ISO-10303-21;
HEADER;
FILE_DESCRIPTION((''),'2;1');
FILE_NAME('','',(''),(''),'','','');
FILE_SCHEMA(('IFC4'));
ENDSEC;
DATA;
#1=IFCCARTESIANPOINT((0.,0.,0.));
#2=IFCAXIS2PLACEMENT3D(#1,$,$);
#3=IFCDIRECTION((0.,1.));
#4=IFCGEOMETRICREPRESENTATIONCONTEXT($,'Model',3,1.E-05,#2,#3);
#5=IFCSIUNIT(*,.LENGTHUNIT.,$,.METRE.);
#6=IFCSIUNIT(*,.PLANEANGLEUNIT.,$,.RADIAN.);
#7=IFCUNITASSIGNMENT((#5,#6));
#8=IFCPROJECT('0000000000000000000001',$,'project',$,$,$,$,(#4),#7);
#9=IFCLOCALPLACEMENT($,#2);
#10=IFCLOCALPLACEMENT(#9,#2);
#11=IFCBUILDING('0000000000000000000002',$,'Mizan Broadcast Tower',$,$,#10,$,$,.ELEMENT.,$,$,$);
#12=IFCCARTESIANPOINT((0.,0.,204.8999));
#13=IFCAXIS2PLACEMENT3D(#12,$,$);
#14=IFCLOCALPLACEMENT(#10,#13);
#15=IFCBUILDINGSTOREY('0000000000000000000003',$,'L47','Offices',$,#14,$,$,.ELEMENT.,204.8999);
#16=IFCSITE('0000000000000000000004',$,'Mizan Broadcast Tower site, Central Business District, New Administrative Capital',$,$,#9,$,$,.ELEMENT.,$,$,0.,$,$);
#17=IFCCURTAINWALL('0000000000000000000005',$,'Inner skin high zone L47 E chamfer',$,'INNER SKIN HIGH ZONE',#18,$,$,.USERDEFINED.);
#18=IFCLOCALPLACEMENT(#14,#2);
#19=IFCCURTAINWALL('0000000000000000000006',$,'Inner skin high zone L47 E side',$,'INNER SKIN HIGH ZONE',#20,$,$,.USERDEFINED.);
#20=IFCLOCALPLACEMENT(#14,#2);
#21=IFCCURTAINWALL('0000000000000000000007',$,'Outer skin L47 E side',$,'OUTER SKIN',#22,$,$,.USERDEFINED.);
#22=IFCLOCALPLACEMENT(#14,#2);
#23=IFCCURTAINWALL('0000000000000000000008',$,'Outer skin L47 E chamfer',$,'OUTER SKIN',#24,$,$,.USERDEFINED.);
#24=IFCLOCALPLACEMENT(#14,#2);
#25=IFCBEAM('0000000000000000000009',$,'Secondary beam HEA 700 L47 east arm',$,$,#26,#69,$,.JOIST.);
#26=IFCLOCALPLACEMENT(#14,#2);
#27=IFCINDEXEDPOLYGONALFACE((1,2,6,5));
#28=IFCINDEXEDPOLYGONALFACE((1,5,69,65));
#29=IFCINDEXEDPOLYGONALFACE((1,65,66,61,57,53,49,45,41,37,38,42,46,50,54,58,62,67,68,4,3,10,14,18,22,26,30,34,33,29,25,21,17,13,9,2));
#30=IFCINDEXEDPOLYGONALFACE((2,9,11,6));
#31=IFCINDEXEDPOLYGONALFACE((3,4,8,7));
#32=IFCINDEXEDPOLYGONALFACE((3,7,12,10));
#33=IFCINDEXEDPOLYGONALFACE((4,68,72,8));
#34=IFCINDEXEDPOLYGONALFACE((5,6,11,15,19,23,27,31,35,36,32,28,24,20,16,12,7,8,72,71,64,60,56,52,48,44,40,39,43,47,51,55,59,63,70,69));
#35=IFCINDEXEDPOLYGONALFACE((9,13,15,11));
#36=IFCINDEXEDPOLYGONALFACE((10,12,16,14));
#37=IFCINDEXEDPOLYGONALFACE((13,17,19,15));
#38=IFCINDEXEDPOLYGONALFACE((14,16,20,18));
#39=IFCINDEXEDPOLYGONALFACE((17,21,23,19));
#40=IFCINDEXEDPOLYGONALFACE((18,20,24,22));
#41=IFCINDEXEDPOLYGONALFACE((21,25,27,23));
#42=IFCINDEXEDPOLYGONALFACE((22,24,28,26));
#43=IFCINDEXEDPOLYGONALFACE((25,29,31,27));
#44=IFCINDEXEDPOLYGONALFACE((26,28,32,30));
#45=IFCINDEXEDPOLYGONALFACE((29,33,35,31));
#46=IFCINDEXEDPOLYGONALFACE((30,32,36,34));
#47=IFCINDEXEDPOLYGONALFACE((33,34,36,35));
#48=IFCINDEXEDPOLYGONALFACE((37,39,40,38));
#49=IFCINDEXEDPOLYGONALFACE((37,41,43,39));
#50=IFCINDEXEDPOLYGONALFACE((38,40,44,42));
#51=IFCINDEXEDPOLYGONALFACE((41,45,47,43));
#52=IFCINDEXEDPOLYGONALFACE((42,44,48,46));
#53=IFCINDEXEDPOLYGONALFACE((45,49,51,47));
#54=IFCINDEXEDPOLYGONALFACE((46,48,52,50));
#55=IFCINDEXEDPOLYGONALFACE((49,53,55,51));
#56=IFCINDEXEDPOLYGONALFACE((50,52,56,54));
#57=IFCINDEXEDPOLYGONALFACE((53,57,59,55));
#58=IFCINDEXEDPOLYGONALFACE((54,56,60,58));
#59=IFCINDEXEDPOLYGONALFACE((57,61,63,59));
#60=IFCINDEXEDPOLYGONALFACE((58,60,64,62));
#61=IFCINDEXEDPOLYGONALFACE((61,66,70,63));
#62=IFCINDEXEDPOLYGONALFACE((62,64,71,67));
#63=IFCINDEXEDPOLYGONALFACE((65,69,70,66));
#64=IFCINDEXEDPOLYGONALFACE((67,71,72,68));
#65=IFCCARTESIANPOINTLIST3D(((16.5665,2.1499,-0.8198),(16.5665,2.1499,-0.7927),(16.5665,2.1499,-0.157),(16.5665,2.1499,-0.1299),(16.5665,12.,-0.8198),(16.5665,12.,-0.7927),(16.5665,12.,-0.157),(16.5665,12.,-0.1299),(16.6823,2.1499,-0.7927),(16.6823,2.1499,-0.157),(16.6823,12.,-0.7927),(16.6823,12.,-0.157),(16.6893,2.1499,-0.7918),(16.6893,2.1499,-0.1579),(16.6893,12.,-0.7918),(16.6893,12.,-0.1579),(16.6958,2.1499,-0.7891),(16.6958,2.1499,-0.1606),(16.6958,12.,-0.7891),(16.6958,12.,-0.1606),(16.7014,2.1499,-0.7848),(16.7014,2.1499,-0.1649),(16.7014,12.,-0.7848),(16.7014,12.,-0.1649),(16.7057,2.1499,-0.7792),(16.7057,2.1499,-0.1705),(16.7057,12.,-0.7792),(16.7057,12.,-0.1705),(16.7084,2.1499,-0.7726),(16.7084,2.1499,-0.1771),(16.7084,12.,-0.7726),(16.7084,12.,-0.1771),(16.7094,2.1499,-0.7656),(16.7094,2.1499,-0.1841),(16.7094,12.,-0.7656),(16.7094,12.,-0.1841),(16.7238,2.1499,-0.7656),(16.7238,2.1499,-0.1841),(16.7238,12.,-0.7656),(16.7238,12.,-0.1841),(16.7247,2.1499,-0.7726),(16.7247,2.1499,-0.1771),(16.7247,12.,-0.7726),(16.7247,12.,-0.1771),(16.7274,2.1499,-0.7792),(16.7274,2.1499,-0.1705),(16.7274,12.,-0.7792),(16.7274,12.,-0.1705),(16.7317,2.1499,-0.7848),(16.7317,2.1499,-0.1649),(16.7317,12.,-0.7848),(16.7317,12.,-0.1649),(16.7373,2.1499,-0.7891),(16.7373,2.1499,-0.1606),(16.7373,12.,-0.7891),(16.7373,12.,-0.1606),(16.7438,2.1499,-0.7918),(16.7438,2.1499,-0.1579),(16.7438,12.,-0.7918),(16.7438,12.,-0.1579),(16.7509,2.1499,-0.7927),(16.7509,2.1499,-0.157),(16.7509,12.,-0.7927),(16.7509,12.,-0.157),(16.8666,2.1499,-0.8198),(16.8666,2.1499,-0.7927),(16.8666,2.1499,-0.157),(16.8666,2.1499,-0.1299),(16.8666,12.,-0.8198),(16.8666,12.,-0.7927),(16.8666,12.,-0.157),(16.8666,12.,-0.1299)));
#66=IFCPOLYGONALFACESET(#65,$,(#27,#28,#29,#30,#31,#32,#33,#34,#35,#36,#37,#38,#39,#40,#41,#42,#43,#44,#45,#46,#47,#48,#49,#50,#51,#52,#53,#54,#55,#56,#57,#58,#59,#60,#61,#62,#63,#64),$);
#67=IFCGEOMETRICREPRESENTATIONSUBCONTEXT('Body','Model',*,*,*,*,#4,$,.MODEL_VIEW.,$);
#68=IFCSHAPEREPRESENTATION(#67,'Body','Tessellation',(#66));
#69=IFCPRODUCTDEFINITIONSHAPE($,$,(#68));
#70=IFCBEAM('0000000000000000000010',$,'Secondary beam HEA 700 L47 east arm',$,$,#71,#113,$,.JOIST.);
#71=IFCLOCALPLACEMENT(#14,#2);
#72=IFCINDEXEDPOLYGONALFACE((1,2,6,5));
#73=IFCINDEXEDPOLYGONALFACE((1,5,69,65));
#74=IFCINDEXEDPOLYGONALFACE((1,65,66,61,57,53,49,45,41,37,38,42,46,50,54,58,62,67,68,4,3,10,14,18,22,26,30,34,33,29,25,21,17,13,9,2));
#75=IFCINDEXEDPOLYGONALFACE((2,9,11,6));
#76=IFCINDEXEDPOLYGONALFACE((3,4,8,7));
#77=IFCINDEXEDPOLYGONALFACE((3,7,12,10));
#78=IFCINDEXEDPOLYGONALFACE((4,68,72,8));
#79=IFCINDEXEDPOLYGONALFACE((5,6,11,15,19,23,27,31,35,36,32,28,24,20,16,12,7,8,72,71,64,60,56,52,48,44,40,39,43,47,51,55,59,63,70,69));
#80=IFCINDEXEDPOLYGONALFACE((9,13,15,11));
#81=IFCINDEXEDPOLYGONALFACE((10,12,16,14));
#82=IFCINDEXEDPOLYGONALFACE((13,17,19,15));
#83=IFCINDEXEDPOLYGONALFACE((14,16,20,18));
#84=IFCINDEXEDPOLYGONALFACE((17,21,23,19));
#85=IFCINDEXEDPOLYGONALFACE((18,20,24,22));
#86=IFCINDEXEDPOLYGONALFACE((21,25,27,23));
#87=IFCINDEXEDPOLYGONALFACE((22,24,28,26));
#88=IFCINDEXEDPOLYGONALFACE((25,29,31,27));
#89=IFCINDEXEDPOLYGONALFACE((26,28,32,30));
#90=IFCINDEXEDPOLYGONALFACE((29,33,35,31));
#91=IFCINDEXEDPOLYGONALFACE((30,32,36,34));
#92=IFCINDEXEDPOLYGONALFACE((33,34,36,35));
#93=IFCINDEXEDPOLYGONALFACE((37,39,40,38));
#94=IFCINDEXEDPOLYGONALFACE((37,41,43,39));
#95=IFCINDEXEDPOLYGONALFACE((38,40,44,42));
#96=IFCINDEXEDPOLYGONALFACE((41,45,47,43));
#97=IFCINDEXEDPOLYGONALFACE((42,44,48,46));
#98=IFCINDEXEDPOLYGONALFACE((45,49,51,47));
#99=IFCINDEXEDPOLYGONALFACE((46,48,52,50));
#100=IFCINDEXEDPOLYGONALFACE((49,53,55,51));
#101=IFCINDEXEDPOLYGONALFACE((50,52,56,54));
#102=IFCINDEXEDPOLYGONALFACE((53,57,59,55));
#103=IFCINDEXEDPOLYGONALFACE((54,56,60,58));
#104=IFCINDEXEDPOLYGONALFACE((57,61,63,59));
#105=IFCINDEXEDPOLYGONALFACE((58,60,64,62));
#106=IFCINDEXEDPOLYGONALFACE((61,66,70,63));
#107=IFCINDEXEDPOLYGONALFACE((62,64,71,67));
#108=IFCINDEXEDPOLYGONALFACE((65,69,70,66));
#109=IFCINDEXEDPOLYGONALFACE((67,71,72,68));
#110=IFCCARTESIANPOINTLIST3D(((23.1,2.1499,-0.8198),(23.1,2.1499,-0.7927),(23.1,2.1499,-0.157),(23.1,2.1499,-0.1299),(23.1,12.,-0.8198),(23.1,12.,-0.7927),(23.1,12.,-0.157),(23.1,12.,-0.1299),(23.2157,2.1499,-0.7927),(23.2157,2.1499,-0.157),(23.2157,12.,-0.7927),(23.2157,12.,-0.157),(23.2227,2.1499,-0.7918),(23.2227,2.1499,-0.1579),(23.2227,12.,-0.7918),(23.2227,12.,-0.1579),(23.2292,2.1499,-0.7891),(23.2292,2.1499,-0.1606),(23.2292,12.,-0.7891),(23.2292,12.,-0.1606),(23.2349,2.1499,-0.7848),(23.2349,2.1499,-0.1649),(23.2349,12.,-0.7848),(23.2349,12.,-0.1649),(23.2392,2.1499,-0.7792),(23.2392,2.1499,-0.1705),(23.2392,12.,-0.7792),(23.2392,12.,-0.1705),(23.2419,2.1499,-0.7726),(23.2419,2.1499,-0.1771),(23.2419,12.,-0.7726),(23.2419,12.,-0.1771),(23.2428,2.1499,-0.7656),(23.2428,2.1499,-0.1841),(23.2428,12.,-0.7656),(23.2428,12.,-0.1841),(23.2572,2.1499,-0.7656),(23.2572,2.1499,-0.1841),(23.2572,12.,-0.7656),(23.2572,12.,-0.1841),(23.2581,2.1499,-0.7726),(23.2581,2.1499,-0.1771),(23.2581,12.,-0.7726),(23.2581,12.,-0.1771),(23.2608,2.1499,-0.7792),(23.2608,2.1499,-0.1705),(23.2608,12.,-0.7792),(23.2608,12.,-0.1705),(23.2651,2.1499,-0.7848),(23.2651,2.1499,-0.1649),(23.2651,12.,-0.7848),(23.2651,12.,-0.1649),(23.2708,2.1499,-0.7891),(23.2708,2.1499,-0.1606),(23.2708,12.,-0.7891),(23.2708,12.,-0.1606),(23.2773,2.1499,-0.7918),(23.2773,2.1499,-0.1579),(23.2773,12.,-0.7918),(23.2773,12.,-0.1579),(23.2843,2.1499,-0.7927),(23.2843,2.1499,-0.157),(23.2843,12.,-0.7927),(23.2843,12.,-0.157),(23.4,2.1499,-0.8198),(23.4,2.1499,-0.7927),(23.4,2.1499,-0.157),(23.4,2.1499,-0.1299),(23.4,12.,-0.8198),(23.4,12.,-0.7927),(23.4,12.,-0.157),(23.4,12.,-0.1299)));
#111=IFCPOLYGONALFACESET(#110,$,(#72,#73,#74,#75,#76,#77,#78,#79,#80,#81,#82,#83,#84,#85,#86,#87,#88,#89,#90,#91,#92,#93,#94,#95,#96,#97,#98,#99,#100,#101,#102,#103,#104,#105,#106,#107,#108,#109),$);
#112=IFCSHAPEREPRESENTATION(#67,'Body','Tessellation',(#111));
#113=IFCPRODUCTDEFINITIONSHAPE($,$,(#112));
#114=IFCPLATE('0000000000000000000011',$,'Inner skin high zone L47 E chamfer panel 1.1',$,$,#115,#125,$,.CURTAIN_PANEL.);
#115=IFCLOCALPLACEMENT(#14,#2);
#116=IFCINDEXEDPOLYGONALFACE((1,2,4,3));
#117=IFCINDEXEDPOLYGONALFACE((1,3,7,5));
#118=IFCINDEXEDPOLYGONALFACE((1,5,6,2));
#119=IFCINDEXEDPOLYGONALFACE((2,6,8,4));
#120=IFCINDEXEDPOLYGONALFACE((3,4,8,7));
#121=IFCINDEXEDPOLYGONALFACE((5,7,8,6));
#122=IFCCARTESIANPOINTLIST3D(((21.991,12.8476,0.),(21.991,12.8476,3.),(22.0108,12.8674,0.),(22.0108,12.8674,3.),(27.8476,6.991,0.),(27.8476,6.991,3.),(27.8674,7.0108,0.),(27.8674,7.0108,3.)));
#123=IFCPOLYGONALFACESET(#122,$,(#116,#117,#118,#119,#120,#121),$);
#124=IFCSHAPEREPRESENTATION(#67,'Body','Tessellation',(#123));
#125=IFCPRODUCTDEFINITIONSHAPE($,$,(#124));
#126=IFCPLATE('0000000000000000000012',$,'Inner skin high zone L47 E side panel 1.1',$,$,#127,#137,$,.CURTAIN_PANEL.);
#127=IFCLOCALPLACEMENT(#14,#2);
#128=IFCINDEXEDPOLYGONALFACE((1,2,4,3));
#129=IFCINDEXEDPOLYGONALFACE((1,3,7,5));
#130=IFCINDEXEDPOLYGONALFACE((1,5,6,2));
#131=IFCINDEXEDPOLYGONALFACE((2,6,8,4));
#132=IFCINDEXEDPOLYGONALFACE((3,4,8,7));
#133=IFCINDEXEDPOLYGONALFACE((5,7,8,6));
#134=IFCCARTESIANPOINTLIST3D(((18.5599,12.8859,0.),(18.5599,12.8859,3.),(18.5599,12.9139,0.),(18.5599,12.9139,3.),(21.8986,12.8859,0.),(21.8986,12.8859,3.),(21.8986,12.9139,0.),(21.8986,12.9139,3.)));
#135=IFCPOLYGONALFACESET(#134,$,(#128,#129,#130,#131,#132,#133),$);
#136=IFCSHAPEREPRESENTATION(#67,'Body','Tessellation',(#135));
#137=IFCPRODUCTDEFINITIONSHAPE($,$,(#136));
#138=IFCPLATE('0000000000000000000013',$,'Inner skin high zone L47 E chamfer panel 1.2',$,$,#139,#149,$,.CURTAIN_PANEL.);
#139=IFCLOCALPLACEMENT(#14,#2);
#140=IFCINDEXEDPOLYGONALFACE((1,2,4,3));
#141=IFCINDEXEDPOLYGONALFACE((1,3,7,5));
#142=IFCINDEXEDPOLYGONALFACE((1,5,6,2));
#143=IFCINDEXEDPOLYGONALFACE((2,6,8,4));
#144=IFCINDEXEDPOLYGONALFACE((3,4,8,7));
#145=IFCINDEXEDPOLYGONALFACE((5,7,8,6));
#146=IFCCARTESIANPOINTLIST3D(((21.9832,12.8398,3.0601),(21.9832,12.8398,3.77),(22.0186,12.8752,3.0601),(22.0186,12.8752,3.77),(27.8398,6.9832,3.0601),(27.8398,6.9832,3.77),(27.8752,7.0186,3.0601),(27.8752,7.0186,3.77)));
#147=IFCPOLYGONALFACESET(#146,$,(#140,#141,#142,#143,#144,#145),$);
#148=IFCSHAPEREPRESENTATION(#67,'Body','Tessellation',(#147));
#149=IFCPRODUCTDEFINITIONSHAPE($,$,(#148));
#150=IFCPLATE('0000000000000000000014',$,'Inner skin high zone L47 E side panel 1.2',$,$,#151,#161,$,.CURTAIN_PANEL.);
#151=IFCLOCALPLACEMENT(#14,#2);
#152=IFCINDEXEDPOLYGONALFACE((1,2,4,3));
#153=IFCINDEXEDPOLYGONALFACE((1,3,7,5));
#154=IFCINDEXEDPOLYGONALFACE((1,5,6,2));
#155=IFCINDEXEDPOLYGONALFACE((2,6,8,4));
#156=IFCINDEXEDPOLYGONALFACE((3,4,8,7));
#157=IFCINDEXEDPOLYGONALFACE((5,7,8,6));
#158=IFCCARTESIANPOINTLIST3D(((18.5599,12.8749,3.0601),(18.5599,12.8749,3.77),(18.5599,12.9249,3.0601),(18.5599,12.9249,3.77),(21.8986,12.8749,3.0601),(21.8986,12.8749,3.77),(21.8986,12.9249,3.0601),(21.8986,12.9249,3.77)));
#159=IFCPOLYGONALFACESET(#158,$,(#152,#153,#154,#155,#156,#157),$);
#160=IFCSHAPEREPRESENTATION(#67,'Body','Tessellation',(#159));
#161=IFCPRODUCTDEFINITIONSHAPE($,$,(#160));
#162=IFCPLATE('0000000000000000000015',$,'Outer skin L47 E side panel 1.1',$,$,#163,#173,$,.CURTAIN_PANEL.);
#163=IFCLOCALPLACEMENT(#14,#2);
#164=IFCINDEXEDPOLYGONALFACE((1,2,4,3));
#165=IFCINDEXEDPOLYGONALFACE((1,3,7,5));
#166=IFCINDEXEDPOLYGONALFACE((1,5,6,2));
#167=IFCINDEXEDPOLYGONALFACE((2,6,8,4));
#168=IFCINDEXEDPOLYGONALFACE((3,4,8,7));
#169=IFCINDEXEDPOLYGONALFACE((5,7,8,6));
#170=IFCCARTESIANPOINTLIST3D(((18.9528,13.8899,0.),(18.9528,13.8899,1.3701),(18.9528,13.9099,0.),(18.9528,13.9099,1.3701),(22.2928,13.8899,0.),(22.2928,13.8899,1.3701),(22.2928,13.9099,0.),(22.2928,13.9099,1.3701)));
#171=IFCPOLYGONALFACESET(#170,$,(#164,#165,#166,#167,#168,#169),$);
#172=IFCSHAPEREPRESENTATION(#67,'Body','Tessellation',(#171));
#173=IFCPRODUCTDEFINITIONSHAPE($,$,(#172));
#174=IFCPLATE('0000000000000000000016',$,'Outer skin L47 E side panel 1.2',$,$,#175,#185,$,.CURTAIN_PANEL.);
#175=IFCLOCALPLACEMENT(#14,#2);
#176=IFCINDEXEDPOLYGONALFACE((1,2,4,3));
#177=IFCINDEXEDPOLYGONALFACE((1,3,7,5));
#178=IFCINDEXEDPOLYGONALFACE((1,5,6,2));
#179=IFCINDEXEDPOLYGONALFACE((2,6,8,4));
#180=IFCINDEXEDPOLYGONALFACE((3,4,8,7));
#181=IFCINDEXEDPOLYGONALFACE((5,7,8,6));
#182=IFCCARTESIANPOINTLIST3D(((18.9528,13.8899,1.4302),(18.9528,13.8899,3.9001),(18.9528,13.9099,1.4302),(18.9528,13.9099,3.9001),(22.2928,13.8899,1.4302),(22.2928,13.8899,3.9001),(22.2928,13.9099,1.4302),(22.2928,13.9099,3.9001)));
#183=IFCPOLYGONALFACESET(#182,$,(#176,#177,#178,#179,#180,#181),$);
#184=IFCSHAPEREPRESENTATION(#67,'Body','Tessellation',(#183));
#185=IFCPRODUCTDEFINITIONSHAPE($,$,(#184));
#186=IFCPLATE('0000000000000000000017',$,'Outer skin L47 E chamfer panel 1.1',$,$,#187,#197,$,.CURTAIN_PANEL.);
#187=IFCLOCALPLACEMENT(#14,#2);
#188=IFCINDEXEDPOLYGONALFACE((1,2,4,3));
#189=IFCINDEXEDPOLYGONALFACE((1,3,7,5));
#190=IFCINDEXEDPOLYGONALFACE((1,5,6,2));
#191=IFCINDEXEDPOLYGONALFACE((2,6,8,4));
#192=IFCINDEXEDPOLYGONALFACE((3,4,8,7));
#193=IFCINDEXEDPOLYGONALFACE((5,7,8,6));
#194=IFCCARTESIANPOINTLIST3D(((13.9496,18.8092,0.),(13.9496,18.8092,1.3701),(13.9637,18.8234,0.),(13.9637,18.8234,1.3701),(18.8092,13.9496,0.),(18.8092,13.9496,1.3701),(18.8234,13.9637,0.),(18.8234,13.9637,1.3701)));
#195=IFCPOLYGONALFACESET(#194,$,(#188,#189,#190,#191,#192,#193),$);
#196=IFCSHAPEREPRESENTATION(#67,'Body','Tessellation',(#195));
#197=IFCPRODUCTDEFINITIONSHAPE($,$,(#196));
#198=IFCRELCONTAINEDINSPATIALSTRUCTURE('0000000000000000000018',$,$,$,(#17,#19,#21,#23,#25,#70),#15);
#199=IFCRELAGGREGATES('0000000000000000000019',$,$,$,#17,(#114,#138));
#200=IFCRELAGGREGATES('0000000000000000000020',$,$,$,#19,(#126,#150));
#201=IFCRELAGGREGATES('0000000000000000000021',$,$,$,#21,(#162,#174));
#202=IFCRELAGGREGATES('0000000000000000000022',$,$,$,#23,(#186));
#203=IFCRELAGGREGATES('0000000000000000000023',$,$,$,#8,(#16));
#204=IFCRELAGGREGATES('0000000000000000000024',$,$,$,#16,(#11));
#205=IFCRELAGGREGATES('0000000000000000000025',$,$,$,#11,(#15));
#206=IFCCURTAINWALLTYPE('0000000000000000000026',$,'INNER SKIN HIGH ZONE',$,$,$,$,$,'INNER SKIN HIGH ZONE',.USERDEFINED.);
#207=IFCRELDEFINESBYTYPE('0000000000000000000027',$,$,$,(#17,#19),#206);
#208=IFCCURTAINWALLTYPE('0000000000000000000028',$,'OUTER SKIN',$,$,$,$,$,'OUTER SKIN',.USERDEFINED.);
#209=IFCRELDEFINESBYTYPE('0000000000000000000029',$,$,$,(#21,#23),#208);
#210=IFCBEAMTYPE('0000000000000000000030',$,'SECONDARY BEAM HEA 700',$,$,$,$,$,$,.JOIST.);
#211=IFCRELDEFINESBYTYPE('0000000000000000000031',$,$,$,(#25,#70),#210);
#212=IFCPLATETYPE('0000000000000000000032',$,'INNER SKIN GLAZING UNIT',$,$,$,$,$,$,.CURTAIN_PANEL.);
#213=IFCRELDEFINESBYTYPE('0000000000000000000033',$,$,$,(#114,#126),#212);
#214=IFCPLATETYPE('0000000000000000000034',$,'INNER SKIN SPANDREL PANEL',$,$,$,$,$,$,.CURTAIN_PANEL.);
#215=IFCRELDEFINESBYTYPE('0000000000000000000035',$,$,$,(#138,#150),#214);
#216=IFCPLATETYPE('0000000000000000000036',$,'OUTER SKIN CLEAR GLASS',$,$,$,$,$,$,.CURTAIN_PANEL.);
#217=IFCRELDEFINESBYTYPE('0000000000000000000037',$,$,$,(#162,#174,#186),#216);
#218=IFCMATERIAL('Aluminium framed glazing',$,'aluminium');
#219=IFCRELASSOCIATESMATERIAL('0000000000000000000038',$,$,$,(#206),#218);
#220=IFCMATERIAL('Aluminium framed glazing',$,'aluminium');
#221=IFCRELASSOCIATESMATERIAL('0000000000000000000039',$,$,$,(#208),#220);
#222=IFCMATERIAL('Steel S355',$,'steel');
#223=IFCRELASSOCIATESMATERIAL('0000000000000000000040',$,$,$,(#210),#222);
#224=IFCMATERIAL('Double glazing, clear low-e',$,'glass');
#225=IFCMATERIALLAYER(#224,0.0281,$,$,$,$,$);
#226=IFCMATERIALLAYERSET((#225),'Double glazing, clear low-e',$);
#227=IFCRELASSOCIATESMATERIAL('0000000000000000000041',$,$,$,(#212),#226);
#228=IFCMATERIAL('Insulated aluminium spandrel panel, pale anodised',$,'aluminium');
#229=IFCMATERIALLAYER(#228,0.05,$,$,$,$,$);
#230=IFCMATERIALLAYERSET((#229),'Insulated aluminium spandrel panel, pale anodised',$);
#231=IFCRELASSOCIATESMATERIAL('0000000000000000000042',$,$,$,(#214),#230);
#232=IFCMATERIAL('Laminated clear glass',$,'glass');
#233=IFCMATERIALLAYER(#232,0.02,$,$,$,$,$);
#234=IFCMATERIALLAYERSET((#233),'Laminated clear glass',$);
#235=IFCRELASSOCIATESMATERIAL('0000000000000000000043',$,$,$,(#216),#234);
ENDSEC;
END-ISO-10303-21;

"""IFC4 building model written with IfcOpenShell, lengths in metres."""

from ifc_helpers import new_model, si_unit, direction, frame, origin, origin_2d, place, context, subcontext, project, spatial, rectangle, i_section, extrude, material, layer, layer_set, material_profile, profile_set, type_object, element, aggregate, save


model = new_model("IFC4")

# Units and contexts
model_context = context("Model", 3, precision=1e-05, world=origin(), true_north=direction((0.0, 1.0)))
body_context = subcontext(model_context, "Body", "Model", "MODEL_VIEW")
ifc_project = project(units=[si_unit("LENGTHUNIT", "METRE"), si_unit("PLANEANGLEUNIT", "RADIAN")], contexts=[model_context])

# Site, building, storey
site_placement = place(None, origin())
site = spatial("IfcSite", under=ifc_project, at=site_placement, Name="Mizan Broadcast Tower site, Central Business District, New Administrative Capital", CompositionType="ELEMENT", RefElevation=0.0)
building_placement = place(site_placement, origin())
building = spatial("IfcBuilding", under=site, at=building_placement, Name="Mizan Broadcast Tower", CompositionType="ELEMENT")
storey_placement = place(building_placement, frame((0.0, 0.0, 204.8999)))
storey = spatial("IfcBuildingStorey", under=building, at=storey_placement, Name="L47", Description="Offices", CompositionType="ELEMENT", Elevation=204.8999)

# Curtain wall
ifc_material_1 = material(Name="Aluminium framed glazing", Category="aluminium")
curtain_wall_type_1 = type_object("IfcCurtainWallType", Name="INNER SKIN HIGH ZONE", ElementType="INNER SKIN HIGH ZONE", PredefinedType="USERDEFINED", material=ifc_material_1)
curtain_wall_1_placement = place(storey_placement, origin())
curtain_wall_1 = element("IfcCurtainWall", 1, at=curtain_wall_1_placement, inside=storey, type_object=curtain_wall_type_1, Name="Inner skin high zone L47 E chamfer", ObjectType="INNER SKIN HIGH ZONE", PredefinedType="USERDEFINED")

# Curtain wall
curtain_wall_2_placement = place(storey_placement, origin())
curtain_wall_2 = element("IfcCurtainWall", 2, at=curtain_wall_2_placement, inside=storey, type_object=curtain_wall_type_1, Name="Inner skin high zone L47 E side", ObjectType="INNER SKIN HIGH ZONE", PredefinedType="USERDEFINED")

# Shared definitions
ifc_material_2 = material(Name="Aluminium framed glazing", Category="aluminium")
curtain_wall_type_2 = type_object("IfcCurtainWallType", Name="OUTER SKIN", ElementType="OUTER SKIN", PredefinedType="USERDEFINED", material=ifc_material_2)

# Curtain wall
curtain_wall_3_placement = place(storey_placement, origin())
curtain_wall_3 = element("IfcCurtainWall", 3, at=curtain_wall_3_placement, inside=storey, type_object=curtain_wall_type_2, Name="Outer skin L47 E side", ObjectType="OUTER SKIN", PredefinedType="USERDEFINED")

# Curtain wall
curtain_wall_4_placement = place(storey_placement, origin())
curtain_wall_4 = element("IfcCurtainWall", 4, at=curtain_wall_4_placement, inside=storey, type_object=curtain_wall_type_2, Name="Outer skin L47 E chamfer", ObjectType="OUTER SKIN", PredefinedType="USERDEFINED")

# Beams
ifc_material_3 = material(Name="Steel S355", Category="steel")
ifc_material_profile_1 = material_profile(ifc_material_3, i_section(OverallWidth=0.3, OverallDepth=0.6899, WebThickness=0.0144, FlangeThickness=0.0271, FilletRadius=0.0271, at=origin_2d()), Name="HEA 700")
ifc_profile_set_1 = profile_set([ifc_material_profile_1], Name="Steel S355")
beam_type_1 = type_object("IfcBeamType", Name="SECONDARY BEAM HEA 700", PredefinedType="JOIST", material=ifc_profile_set_1)
for number, where, z_axis, x_axis, name in (
    (5, (16.7166, 12.0, -0.4749), (0.0, -1.0, 0.0), (1.0, 0.0, 0.0), "Secondary beam HEA 700 L47 east arm"),
    (6, (23.25, 12.0, -0.4749), (0.0, -1.0, 0.0), (1.0, 0.0, 0.0), "Secondary beam HEA 700 L47 east arm"),
):
    element("IfcBeam", number, at=place(storey_placement, frame(where, z_axis=z_axis, x_axis=x_axis)), inside=storey, type_object=beam_type_1, Name=name, PredefinedType="JOIST", context=body_context, shape_type="SweptSolid", body=[
        extrude(i_section(OverallWidth=0.3, OverallDepth=0.6899, WebThickness=0.0144, FlangeThickness=0.0271, FilletRadius=0.0271, at=origin_2d()), origin(), (0.0, 0.0, 1.0), 9.8501),
    ])

# Plates
ifc_material_4 = material(Name="Double glazing, clear low-e", Category="glass")
ifc_layer_1 = layer(ifc_material_4, 0.0281)
ifc_layer_set_1 = layer_set([ifc_layer_1], Name="Double glazing, clear low-e")
plate_type_1 = type_object("IfcPlateType", Name="INNER SKIN GLAZING UNIT", PredefinedType="CURTAIN_PANEL", material=ifc_layer_set_1)
plate_1_placement = place(storey_placement, frame((24.9292, 9.9292, 0.0), z_axis=(0.0, 0.0, 1.0), x_axis=(-0.707107, 0.707107, 0.0)))
plate_1 = element("IfcPlate", 7, at=plate_1_placement, type_object=plate_type_1, Name="Inner skin high zone L47 E chamfer panel 1.1", PredefinedType="CURTAIN_PANEL", context=body_context, shape_type="SweptSolid", body=[
    extrude(rectangle(XDim=8.2825, YDim=0.0281, at=origin_2d()), origin(), (0.0, 0.0, 1.0), 3.0),
])
plate_2_placement = place(storey_placement, frame((20.2292, 12.8999, 0.0), z_axis=(0.0, 0.0, 1.0), x_axis=(-1.0, 0.0, 0.0)))
plate_2 = element("IfcPlate", 8, at=plate_2_placement, type_object=plate_type_1, Name="Inner skin high zone L47 E side panel 1.1", PredefinedType="CURTAIN_PANEL", context=body_context, shape_type="SweptSolid", body=[
    extrude(rectangle(XDim=3.3386, YDim=0.0281, at=origin_2d()), origin(), (0.0, 0.0, 1.0), 3.0),
])
ifc_material_5 = material(Name="Insulated aluminium spandrel panel, pale anodised", Category="aluminium")
ifc_layer_2 = layer(ifc_material_5, 0.05)
ifc_layer_set_2 = layer_set([ifc_layer_2], Name="Insulated aluminium spandrel panel, pale anodised")
plate_type_2 = type_object("IfcPlateType", Name="INNER SKIN SPANDREL PANEL", PredefinedType="CURTAIN_PANEL", material=ifc_layer_set_2)
plate_3_placement = place(storey_placement, frame((24.9292, 9.9292, 3.0601), z_axis=(0.0, 0.0, 1.0), x_axis=(-0.707107, 0.707107, 0.0)))
plate_3 = element("IfcPlate", 9, at=plate_3_placement, type_object=plate_type_2, Name="Inner skin high zone L47 E chamfer panel 1.2", PredefinedType="CURTAIN_PANEL", context=body_context, shape_type="SweptSolid", body=[
    extrude(rectangle(XDim=8.2825, YDim=0.05, at=origin_2d()), origin(), (0.0, 0.0, 1.0), 0.71),
])
aggregate(curtain_wall_1, [plate_1, plate_3])
plate_4_placement = place(storey_placement, frame((20.2292, 12.8999, 3.0601), z_axis=(0.0, 0.0, 1.0), x_axis=(-1.0, 0.0, 0.0)))
plate_4 = element("IfcPlate", 10, at=plate_4_placement, type_object=plate_type_2, Name="Inner skin high zone L47 E side panel 1.2", PredefinedType="CURTAIN_PANEL", context=body_context, shape_type="SweptSolid", body=[
    extrude(rectangle(XDim=3.3386, YDim=0.05, at=origin_2d()), origin(), (0.0, 0.0, 1.0), 0.71),
])
aggregate(curtain_wall_2, [plate_2, plate_4])
ifc_material_6 = material(Name="Laminated clear glass", Category="glass")
ifc_layer_3 = layer(ifc_material_6, 0.02)
ifc_layer_set_3 = layer_set([ifc_layer_3], Name="Laminated clear glass")
plate_type_3 = type_object("IfcPlateType", Name="OUTER SKIN CLEAR GLASS", PredefinedType="CURTAIN_PANEL", material=ifc_layer_set_3)
plate_5_placement = place(storey_placement, frame((20.6228, 13.8999, 0.0), z_axis=(0.0, 0.0, 1.0), x_axis=(-1.0, 0.0, 0.0)))
plate_5 = element("IfcPlate", 11, at=plate_5_placement, type_object=plate_type_3, Name="Outer skin L47 E side panel 1.1", PredefinedType="CURTAIN_PANEL", context=body_context, shape_type="SweptSolid", body=[
    extrude(rectangle(XDim=3.3401, YDim=0.02, at=origin_2d()), origin(), (0.0, 0.0, 1.0), 1.3701),
])
plate_6_placement = place(storey_placement, frame((20.6228, 13.8999, 1.4302), z_axis=(0.0, 0.0, 1.0), x_axis=(-1.0, 0.0, 0.0)))
plate_6 = element("IfcPlate", 12, at=plate_6_placement, type_object=plate_type_3, Name="Outer skin L47 E side panel 1.2", PredefinedType="CURTAIN_PANEL", context=body_context, shape_type="SweptSolid", body=[
    extrude(rectangle(XDim=3.3401, YDim=0.02, at=origin_2d()), origin(), (0.0, 0.0, 1.0), 2.47),
])
aggregate(curtain_wall_3, [plate_5, plate_6])
plate_7_placement = place(storey_placement, frame((16.3865, 16.3865, 0.0), z_axis=(0.0, 0.0, 1.0), x_axis=(-0.707107, 0.707107, 0.0)))
plate_7 = element("IfcPlate", 13, at=plate_7_placement, type_object=plate_type_3, Name="Outer skin L47 E chamfer panel 1.1", PredefinedType="CURTAIN_PANEL", context=body_context, shape_type="SweptSolid", body=[
    extrude(rectangle(XDim=6.8726, YDim=0.02, at=origin_2d()), origin(), (0.0, 0.0, 1.0), 1.3701),
])
aggregate(curtain_wall_4, [plate_7])

save(model, "model.ifc")
